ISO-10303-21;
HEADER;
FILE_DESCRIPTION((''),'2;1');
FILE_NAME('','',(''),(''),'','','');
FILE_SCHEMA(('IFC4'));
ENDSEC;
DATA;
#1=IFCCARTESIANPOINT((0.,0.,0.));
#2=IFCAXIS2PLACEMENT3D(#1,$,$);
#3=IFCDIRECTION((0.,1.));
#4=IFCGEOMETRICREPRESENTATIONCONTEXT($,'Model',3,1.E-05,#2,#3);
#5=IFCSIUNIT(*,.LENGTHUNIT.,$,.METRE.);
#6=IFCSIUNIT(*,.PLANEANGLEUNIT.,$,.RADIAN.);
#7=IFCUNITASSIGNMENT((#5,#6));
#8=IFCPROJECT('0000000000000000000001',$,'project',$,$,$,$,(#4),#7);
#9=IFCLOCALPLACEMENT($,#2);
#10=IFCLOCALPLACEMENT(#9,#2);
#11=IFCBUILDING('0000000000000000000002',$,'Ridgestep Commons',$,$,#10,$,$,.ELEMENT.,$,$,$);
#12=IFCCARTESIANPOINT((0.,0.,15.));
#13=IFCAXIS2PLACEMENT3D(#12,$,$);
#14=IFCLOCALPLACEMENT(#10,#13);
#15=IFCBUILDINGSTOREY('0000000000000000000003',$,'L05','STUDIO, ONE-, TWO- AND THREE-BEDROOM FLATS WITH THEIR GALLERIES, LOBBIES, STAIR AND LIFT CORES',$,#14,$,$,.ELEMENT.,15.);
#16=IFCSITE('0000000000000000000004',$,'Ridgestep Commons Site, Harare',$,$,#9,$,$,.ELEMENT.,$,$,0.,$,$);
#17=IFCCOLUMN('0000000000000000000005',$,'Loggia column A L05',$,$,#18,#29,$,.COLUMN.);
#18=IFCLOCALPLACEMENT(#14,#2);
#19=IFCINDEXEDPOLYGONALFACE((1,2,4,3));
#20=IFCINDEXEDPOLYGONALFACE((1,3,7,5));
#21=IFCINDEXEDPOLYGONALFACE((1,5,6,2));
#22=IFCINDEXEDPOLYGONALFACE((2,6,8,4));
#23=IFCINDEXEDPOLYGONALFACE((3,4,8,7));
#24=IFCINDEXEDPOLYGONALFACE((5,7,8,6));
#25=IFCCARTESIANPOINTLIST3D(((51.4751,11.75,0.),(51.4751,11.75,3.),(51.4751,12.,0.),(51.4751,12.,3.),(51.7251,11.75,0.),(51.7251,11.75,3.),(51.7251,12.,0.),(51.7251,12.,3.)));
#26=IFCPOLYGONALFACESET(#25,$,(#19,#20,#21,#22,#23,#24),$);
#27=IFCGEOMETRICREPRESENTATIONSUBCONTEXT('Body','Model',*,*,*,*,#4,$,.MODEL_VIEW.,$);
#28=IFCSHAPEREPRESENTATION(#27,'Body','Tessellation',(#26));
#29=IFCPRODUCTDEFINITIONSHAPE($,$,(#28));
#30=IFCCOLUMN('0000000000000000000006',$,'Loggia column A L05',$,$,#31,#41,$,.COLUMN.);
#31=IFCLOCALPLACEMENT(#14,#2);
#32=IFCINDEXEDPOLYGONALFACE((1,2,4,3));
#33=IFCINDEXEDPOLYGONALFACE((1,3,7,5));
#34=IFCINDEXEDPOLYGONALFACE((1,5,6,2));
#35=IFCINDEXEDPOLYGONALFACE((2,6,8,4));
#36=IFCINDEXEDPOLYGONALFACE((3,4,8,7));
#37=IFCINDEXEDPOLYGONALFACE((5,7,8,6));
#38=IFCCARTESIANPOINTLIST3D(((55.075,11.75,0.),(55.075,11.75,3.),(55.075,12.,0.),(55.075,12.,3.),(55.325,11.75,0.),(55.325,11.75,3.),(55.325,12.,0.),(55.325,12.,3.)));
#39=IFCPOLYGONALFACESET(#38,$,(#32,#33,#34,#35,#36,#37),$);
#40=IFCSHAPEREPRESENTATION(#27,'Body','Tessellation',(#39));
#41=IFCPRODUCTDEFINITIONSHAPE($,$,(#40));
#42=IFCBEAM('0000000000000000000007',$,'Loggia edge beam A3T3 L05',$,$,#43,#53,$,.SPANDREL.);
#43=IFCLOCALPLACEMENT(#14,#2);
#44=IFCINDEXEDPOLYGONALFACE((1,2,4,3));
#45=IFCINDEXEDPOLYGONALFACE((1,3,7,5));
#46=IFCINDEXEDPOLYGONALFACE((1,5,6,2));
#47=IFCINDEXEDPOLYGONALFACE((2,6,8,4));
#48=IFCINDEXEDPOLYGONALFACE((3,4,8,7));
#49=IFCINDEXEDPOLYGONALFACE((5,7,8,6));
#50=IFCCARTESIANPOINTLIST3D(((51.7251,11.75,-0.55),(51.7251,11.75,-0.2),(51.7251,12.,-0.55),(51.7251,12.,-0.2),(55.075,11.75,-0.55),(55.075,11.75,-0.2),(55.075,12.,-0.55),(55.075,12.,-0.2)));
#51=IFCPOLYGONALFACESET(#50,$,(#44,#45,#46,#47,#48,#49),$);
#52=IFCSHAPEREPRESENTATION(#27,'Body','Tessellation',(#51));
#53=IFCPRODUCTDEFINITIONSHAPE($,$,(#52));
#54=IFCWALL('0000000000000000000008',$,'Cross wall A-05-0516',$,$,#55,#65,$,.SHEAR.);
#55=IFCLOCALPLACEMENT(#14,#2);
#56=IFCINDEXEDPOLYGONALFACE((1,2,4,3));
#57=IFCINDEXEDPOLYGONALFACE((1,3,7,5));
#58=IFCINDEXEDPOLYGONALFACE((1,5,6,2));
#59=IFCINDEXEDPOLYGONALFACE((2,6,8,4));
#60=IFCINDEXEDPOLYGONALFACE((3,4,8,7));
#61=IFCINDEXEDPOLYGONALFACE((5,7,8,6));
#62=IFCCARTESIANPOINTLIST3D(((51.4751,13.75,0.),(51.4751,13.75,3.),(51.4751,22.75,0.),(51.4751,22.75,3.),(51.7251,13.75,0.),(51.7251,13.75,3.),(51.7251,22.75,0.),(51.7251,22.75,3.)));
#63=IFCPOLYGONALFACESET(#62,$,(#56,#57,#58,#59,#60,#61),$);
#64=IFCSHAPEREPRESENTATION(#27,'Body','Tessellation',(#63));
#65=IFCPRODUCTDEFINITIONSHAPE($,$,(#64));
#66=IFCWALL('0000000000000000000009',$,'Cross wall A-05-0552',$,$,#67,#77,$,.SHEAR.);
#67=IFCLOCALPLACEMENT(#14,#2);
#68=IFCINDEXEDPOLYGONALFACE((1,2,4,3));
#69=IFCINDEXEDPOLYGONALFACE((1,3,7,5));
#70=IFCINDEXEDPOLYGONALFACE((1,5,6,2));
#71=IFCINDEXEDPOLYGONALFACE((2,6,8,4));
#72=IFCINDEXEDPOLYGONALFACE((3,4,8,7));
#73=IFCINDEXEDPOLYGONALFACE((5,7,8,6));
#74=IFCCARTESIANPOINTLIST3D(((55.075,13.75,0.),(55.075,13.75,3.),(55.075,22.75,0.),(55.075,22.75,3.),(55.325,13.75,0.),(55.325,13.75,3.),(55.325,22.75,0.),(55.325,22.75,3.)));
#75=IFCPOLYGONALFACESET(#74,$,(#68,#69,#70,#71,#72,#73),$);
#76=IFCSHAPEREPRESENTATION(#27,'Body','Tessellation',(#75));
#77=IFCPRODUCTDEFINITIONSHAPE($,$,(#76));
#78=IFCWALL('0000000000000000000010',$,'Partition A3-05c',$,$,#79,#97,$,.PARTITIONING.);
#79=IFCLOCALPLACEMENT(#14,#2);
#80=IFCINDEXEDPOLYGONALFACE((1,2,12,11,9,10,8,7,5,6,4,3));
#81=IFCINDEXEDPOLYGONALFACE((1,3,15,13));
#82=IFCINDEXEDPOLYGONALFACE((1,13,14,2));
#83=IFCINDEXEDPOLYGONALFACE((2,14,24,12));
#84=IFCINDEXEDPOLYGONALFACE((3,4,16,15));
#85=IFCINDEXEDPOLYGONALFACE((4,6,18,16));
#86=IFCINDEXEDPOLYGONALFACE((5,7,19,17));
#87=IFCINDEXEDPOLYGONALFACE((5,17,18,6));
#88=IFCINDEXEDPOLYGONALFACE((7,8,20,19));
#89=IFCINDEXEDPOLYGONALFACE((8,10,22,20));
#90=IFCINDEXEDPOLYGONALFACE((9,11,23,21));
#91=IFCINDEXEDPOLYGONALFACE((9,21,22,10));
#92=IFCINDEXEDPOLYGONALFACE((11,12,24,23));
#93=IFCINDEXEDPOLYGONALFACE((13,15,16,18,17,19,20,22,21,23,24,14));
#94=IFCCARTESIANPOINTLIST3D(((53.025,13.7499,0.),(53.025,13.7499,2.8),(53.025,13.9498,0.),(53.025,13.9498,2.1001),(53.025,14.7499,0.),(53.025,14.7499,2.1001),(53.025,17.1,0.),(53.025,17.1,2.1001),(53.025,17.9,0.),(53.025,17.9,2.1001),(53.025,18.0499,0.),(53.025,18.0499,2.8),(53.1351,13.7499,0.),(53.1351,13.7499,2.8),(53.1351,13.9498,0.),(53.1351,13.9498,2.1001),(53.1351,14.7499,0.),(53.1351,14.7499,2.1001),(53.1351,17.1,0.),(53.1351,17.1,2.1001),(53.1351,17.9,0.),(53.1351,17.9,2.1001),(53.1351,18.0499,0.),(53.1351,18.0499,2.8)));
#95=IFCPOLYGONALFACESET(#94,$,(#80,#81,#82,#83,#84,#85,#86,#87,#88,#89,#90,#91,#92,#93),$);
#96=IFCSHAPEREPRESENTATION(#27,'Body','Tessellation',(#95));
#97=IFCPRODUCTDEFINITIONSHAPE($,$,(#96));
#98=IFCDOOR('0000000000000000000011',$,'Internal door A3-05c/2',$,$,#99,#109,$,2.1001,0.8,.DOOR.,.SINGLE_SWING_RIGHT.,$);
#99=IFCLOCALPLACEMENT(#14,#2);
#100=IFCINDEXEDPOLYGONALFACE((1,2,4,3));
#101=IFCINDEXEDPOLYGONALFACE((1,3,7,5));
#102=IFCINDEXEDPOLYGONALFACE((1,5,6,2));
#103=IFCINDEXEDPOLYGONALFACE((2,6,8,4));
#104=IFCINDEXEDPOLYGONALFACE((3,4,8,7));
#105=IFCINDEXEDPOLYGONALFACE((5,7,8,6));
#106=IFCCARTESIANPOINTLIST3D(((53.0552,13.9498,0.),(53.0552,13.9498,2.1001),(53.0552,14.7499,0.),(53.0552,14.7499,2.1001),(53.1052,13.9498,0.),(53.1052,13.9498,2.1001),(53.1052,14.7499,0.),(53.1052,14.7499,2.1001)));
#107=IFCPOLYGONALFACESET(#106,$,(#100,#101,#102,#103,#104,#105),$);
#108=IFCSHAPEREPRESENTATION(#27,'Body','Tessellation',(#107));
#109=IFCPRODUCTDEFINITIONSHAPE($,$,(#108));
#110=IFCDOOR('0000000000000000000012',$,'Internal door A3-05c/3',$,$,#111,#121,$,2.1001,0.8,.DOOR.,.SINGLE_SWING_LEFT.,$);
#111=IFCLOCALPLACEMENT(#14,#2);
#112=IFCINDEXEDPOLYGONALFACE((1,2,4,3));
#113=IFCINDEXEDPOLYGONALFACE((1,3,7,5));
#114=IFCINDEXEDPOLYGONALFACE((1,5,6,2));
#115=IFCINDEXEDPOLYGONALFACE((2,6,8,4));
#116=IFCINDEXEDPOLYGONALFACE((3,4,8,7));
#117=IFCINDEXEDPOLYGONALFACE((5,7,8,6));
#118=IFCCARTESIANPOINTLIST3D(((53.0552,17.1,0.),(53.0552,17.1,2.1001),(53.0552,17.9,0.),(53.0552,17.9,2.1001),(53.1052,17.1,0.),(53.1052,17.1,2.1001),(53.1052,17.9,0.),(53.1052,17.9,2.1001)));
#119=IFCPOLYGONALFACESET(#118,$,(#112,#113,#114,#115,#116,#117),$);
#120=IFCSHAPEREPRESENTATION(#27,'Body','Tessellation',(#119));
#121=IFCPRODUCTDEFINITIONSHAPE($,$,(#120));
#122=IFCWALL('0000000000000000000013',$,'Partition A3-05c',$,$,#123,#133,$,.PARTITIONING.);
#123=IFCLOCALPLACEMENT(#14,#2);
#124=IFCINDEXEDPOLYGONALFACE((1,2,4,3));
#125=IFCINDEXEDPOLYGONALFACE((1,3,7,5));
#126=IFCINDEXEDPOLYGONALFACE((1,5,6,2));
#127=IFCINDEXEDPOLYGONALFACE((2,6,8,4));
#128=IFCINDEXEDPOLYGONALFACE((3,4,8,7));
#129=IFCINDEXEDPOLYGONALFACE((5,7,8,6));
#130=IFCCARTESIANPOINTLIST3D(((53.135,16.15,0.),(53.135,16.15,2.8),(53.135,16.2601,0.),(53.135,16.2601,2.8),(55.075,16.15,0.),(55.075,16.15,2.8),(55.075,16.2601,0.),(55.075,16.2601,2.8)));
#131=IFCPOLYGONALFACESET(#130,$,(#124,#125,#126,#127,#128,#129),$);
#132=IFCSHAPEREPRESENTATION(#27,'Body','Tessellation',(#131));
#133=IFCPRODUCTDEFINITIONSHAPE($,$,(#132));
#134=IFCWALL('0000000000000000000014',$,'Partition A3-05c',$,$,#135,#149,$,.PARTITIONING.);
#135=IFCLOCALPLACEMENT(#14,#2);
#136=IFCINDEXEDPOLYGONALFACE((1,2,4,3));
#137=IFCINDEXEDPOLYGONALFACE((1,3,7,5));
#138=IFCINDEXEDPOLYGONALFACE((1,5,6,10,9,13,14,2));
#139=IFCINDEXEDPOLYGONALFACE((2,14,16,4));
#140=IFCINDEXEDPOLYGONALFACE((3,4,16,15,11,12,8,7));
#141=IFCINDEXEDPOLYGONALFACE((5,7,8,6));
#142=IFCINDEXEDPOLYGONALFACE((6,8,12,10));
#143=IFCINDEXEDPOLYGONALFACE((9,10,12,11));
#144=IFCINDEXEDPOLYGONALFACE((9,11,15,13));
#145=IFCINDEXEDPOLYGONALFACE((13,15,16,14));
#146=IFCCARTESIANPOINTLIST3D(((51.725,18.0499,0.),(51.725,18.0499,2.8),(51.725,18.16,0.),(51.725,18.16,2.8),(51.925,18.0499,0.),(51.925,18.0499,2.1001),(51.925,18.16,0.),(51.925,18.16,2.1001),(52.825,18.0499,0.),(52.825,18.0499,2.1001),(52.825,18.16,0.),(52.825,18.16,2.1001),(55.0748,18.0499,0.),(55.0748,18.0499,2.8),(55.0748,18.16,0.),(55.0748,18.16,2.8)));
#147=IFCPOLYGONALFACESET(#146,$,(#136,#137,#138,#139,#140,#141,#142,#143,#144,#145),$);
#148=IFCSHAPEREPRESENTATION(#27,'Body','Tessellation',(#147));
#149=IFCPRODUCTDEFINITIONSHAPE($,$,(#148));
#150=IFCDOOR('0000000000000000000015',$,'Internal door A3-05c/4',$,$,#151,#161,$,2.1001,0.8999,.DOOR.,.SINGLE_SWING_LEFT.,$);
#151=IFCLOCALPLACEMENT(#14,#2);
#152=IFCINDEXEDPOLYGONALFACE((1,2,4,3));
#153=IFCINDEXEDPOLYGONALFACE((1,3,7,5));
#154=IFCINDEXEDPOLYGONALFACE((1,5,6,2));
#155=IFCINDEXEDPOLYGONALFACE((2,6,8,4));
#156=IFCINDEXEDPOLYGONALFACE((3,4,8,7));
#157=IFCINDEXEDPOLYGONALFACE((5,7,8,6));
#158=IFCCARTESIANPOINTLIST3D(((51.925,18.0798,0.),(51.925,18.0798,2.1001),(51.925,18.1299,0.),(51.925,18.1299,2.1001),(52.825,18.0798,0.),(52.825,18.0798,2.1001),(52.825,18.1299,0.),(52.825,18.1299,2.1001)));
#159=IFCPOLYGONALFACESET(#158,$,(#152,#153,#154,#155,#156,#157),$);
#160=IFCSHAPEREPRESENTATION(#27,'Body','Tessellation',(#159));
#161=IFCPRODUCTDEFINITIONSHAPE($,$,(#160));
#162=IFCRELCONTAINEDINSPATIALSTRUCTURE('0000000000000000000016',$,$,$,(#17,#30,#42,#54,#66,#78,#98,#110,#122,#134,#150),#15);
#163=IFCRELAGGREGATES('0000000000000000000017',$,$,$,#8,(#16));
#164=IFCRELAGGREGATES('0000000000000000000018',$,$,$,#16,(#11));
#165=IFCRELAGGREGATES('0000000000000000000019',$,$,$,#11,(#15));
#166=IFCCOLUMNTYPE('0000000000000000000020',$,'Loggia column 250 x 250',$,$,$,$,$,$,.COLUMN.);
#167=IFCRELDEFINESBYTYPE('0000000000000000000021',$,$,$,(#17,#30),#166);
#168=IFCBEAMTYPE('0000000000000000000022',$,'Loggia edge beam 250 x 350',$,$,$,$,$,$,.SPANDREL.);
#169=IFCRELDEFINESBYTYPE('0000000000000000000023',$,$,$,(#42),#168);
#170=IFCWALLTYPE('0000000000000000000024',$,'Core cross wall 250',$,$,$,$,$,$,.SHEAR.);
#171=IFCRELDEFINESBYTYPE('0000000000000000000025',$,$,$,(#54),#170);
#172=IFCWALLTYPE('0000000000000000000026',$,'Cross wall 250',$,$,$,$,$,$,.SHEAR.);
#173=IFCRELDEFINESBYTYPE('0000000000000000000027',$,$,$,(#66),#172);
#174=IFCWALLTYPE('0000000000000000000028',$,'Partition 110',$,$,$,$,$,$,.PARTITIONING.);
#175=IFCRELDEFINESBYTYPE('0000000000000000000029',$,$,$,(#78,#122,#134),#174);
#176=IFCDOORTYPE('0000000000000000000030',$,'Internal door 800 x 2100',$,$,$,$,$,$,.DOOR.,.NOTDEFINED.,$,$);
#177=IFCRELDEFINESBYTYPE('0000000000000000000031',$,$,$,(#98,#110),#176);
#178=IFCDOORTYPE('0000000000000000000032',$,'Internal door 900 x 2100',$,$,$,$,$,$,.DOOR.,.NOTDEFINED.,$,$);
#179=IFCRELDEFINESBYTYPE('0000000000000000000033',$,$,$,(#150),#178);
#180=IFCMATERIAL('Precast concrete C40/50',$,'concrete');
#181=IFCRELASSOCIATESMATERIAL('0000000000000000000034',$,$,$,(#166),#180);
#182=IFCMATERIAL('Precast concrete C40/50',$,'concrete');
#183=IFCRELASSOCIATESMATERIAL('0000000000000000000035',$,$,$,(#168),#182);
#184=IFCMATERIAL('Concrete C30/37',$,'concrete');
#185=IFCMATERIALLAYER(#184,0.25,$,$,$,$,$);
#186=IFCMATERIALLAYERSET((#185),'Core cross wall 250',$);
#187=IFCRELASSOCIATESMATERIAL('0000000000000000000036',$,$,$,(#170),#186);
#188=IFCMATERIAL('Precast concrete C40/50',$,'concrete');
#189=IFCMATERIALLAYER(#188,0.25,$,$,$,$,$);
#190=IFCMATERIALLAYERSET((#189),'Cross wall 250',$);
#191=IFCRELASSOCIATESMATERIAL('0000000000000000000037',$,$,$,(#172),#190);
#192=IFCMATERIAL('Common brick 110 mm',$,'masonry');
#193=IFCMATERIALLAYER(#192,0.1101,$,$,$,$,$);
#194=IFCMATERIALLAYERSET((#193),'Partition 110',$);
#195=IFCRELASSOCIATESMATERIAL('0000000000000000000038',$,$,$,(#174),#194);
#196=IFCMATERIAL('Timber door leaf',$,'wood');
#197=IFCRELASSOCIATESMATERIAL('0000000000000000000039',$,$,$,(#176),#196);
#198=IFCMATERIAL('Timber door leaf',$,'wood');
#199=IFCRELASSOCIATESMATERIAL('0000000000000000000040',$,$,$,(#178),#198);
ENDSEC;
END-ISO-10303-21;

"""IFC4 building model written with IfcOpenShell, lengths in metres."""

from ifc_helpers import new_model, si_unit, direction, frame, frame_2d, origin, origin_2d, place, context, subcontext, project, spatial, rectangle, extrude, material, layer, layer_set, material_profile, profile_set, type_object, element, fill, save


model = new_model("IFC4")

# Units and contexts
model_context = context("Model", 3, precision=1e-05, world=origin(), true_north=direction((0.0, 1.0)))
body_context = subcontext(model_context, "Body", "Model", "MODEL_VIEW")
ifc_project = project(units=[si_unit("LENGTHUNIT", "METRE"), si_unit("PLANEANGLEUNIT", "RADIAN")], contexts=[model_context])

# Site, building, storey
site_placement = place(None, origin())
site = spatial("IfcSite", under=ifc_project, at=site_placement, Name="Ridgestep Commons Site, Harare", CompositionType="ELEMENT", RefElevation=0.0)
building_placement = place(site_placement, origin())
building = spatial("IfcBuilding", under=site, at=building_placement, Name="Ridgestep Commons", CompositionType="ELEMENT")
storey_placement = place(building_placement, frame((0.0, 0.0, 15.0)))
storey = spatial("IfcBuildingStorey", under=building, at=storey_placement, Name="L05", Description="STUDIO, ONE-, TWO- AND THREE-BEDROOM FLATS WITH THEIR GALLERIES, LOBBIES, STAIR AND LIFT CORES", CompositionType="ELEMENT", Elevation=15.0)

# Columns
ifc_material_1 = material(Name="Precast concrete C40/50", Category="concrete")
ifc_material_profile_1 = material_profile(ifc_material_1, rectangle(XDim=0.25, YDim=0.25, at=origin_2d()), Name="PC 250x250")
ifc_profile_set_1 = profile_set([ifc_material_profile_1], Name="Precast concrete C40/50")
column_type = type_object("IfcColumnType", Name="Loggia column 250 x 250", PredefinedType="COLUMN", material=ifc_profile_set_1)
for number, where, z_axis, x_axis, name in (
    (1, (51.6001, 11.875, 0.0), (0.0, 0.0, 1.0), (1.0, 0.0, 0.0), "Loggia column A L05"),
    (2, (55.2, 11.875, 0.0), (0.0, 0.0, 1.0), (1.0, 0.0, 0.0), "Loggia column A L05"),
):
    element("IfcColumn", number, at=place(storey_placement, frame(where, z_axis=z_axis, x_axis=x_axis)), inside=storey, type_object=column_type, Name=name, PredefinedType="COLUMN", context=body_context, shape_type="SweptSolid", body=[
        extrude(rectangle(XDim=0.25, YDim=0.25, at=origin_2d()), origin(), (0.0, 0.0, 1.0), 3.0),
    ])

# Beam
ifc_material_2 = material(Name="Precast concrete C40/50", Category="concrete")
ifc_material_profile_2 = material_profile(ifc_material_2, rectangle(XDim=0.25, YDim=0.3501, at=origin_2d()), Name="PC 250x350")
ifc_profile_set_2 = profile_set([ifc_material_profile_2], Name="Precast concrete C40/50")
beam_type = type_object("IfcBeamType", Name="Loggia edge beam 250 x 350", PredefinedType="SPANDREL", material=ifc_profile_set_2)
beam_placement = place(storey_placement, frame((51.7251, 11.875, -0.375), z_axis=(1.0, 0.0, 0.0), x_axis=(0.0, 1.0, 0.0)))
element("IfcBeam", 3, at=beam_placement, inside=storey, type_object=beam_type, Name="Loggia edge beam A3T3 L05", PredefinedType="SPANDREL", context=body_context, shape_type="SweptSolid", body=[
    extrude(rectangle(XDim=0.25, YDim=0.3501, at=origin_2d()), origin(), (0.0, 0.0, 1.0), 3.3499),
])

# Walls
ifc_material_3 = material(Name="Concrete C30/37", Category="concrete")
ifc_layer_1 = layer(ifc_material_3, 0.25)
ifc_layer_set_1 = layer_set([ifc_layer_1], Name="Core cross wall 250")
wall_type_1 = type_object("IfcWallType", Name="Core cross wall 250", PredefinedType="SHEAR", material=ifc_layer_set_1)
wall_1_placement = place(storey_placement, frame((51.6001, 13.75, 0.0), z_axis=(0.0, 0.0, 1.0), x_axis=(0.0, 1.0, 0.0)))
element("IfcWall", 4, at=wall_1_placement, inside=storey, type_object=wall_type_1, Name="Cross wall A-05-0516", PredefinedType="SHEAR", context=body_context, shape_type="SweptSolid", body=[
    extrude(rectangle(XDim=9.0, YDim=0.25, at=frame_2d((4.5, 0.0))), origin(), (0.0, 0.0, 1.0), 3.0),
])
ifc_material_4 = material(Name="Precast concrete C40/50", Category="concrete")
ifc_layer_2 = layer(ifc_material_4, 0.25)
ifc_layer_set_2 = layer_set([ifc_layer_2], Name="Cross wall 250")
wall_type_2 = type_object("IfcWallType", Name="Cross wall 250", PredefinedType="SHEAR", material=ifc_layer_set_2)
wall_2_placement = place(storey_placement, frame((55.2, 13.75, 0.0), z_axis=(0.0, 0.0, 1.0), x_axis=(0.0, 1.0, 0.0)))
element("IfcWall", 5, at=wall_2_placement, inside=storey, type_object=wall_type_2, Name="Cross wall A-05-0552", PredefinedType="SHEAR", context=body_context, shape_type="SweptSolid", body=[
    extrude(rectangle(XDim=9.0, YDim=0.25, at=frame_2d((4.5, 0.0))), origin(), (0.0, 0.0, 1.0), 3.0),
])

# Wall, openings, doors
ifc_material_5 = material(Name="Common brick 110 mm", Category="masonry")
ifc_layer_3 = layer(ifc_material_5, 0.1101)
ifc_layer_set_3 = layer_set([ifc_layer_3], Name="Partition 110")
wall_type_3 = type_object("IfcWallType", Name="Partition 110", PredefinedType="PARTITIONING", material=ifc_layer_set_3)
wall_3_placement = place(storey_placement, frame((53.0801, 13.75, 0.0), z_axis=(0.0, 0.0, 1.0), x_axis=(0.0, 1.0, 0.0)))
wall_3 = element("IfcWall", 6, at=wall_3_placement, inside=storey, type_object=wall_type_3, Name="Partition A3-05c", PredefinedType="PARTITIONING", context=body_context, shape_type="SweptSolid", body=[
    extrude(rectangle(XDim=4.3, YDim=0.1101, at=frame_2d((2.1499, 0.0))), origin(), (0.0, 0.0, 1.0), 2.8),
])
opening_1_placement = place(wall_3_placement, frame((0.2, 0.0, 0.0)))
opening_1 = element("IfcOpeningElement", 7, at=opening_1_placement, cuts=wall_3, PredefinedType="OPENING", context=body_context, shape_type="SweptSolid", body=[
    extrude(rectangle(XDim=0.8, YDim=2.1001, at=frame_2d((0.3999, 1.05))), frame((0.0, 0.0649, 0.0), z_axis=(0.0, -1.0, 0.0), x_axis=(1.0, 0.0, 0.0)), (0.0, 0.0, 1.0), 0.1301),
])
opening_2_placement = place(wall_3_placement, frame((3.3501, 0.0, 0.0)))
opening_2 = element("IfcOpeningElement", 8, at=opening_2_placement, cuts=wall_3, PredefinedType="OPENING", context=body_context, shape_type="SweptSolid", body=[
    extrude(rectangle(XDim=0.8, YDim=2.1001, at=frame_2d((0.3999, 1.05))), frame((0.0, 0.0649, 0.0), z_axis=(0.0, -1.0, 0.0), x_axis=(1.0, 0.0, 0.0)), (0.0, 0.0, 1.0), 0.1301),
])
ifc_material_6 = material(Name="Timber door leaf", Category="wood")
door_type_1 = type_object("IfcDoorType", Name="Internal door 800 x 2100", OperationType="NOTDEFINED", PredefinedType="DOOR", material=ifc_material_6)
door_1_placement = place(opening_1_placement, origin())
door_1 = element("IfcDoor", 9, at=door_1_placement, inside=storey, type_object=door_type_1, Name="Internal door A3-05c/2", OperationType="SINGLE_SWING_RIGHT", OverallHeight=2.1001, OverallWidth=0.8, PredefinedType="DOOR", context=body_context, shape_type="SweptSolid", body=[
    extrude(rectangle(XDim=0.8, YDim=2.1001, at=frame_2d((0.3999, 1.05))), frame((0.0, 0.0249, 0.0), z_axis=(0.0, -1.0, 0.0), x_axis=(1.0, 0.0, 0.0)), (0.0, 0.0, 1.0), 0.05),
])
fill(opening_1, door_1)
door_2_placement = place(opening_2_placement, origin())
door_2 = element("IfcDoor", 10, at=door_2_placement, inside=storey, type_object=door_type_1, Name="Internal door A3-05c/3", OperationType="SINGLE_SWING_LEFT", OverallHeight=2.1001, OverallWidth=0.8, PredefinedType="DOOR", context=body_context, shape_type="SweptSolid", body=[
    extrude(rectangle(XDim=0.8, YDim=2.1001, at=frame_2d((0.3999, 1.05))), frame((0.0, 0.0249, 0.0), z_axis=(0.0, -1.0, 0.0), x_axis=(1.0, 0.0, 0.0)), (0.0, 0.0, 1.0), 0.05),
])
fill(opening_2, door_2)

# Wall
wall_4_placement = place(storey_placement, frame((53.135, 16.2051, 0.0), z_axis=(0.0, 0.0, 1.0), x_axis=(1.0, 0.0, 0.0)))
element("IfcWall", 11, at=wall_4_placement, inside=storey, type_object=wall_type_3, Name="Partition A3-05c", PredefinedType="PARTITIONING", context=body_context, shape_type="SweptSolid", body=[
    extrude(rectangle(XDim=1.9399, YDim=0.1101, at=frame_2d((0.97, 0.0))), origin(), (0.0, 0.0, 1.0), 2.8),
])

# Wall, opening, door
wall_5_placement = place(storey_placement, frame((51.7251, 18.105, 0.0), z_axis=(0.0, 0.0, 1.0), x_axis=(1.0, 0.0, 0.0)))
wall_5 = element("IfcWall", 12, at=wall_5_placement, inside=storey, type_object=wall_type_3, Name="Partition A3-05c", PredefinedType="PARTITIONING", context=body_context, shape_type="SweptSolid", body=[
    extrude(rectangle(XDim=3.3499, YDim=0.1101, at=frame_2d((1.6748, 0.0))), origin(), (0.0, 0.0, 1.0), 2.8),
])
opening_3_placement = place(wall_5_placement, frame((0.2, 0.0, 0.0)))
opening_3 = element("IfcOpeningElement", 13, at=opening_3_placement, cuts=wall_5, PredefinedType="OPENING", context=body_context, shape_type="SweptSolid", body=[
    extrude(rectangle(XDim=0.8999, YDim=2.1001, at=frame_2d((0.45, 1.05))), frame((0.0, 0.0649, 0.0), z_axis=(0.0, -1.0, 0.0), x_axis=(1.0, 0.0, 0.0)), (0.0, 0.0, 1.0), 0.1301),
])
ifc_material_7 = material(Name="Timber door leaf", Category="wood")
door_type_2 = type_object("IfcDoorType", Name="Internal door 900 x 2100", OperationType="NOTDEFINED", PredefinedType="DOOR", material=ifc_material_7)
door_3_placement = place(opening_3_placement, origin())
door_3 = element("IfcDoor", 14, at=door_3_placement, inside=storey, type_object=door_type_2, Name="Internal door A3-05c/4", OperationType="SINGLE_SWING_LEFT", OverallHeight=2.1001, OverallWidth=0.8999, PredefinedType="DOOR", context=body_context, shape_type="SweptSolid", body=[
    extrude(rectangle(XDim=0.8999, YDim=2.1001, at=frame_2d((0.45, 1.05))), frame((0.0, 0.0249, 0.0), z_axis=(0.0, -1.0, 0.0), x_axis=(1.0, 0.0, 0.0)), (0.0, 0.0, 1.0), 0.05),
])
fill(opening_3, door_3)

save(model, "model.ifc")
